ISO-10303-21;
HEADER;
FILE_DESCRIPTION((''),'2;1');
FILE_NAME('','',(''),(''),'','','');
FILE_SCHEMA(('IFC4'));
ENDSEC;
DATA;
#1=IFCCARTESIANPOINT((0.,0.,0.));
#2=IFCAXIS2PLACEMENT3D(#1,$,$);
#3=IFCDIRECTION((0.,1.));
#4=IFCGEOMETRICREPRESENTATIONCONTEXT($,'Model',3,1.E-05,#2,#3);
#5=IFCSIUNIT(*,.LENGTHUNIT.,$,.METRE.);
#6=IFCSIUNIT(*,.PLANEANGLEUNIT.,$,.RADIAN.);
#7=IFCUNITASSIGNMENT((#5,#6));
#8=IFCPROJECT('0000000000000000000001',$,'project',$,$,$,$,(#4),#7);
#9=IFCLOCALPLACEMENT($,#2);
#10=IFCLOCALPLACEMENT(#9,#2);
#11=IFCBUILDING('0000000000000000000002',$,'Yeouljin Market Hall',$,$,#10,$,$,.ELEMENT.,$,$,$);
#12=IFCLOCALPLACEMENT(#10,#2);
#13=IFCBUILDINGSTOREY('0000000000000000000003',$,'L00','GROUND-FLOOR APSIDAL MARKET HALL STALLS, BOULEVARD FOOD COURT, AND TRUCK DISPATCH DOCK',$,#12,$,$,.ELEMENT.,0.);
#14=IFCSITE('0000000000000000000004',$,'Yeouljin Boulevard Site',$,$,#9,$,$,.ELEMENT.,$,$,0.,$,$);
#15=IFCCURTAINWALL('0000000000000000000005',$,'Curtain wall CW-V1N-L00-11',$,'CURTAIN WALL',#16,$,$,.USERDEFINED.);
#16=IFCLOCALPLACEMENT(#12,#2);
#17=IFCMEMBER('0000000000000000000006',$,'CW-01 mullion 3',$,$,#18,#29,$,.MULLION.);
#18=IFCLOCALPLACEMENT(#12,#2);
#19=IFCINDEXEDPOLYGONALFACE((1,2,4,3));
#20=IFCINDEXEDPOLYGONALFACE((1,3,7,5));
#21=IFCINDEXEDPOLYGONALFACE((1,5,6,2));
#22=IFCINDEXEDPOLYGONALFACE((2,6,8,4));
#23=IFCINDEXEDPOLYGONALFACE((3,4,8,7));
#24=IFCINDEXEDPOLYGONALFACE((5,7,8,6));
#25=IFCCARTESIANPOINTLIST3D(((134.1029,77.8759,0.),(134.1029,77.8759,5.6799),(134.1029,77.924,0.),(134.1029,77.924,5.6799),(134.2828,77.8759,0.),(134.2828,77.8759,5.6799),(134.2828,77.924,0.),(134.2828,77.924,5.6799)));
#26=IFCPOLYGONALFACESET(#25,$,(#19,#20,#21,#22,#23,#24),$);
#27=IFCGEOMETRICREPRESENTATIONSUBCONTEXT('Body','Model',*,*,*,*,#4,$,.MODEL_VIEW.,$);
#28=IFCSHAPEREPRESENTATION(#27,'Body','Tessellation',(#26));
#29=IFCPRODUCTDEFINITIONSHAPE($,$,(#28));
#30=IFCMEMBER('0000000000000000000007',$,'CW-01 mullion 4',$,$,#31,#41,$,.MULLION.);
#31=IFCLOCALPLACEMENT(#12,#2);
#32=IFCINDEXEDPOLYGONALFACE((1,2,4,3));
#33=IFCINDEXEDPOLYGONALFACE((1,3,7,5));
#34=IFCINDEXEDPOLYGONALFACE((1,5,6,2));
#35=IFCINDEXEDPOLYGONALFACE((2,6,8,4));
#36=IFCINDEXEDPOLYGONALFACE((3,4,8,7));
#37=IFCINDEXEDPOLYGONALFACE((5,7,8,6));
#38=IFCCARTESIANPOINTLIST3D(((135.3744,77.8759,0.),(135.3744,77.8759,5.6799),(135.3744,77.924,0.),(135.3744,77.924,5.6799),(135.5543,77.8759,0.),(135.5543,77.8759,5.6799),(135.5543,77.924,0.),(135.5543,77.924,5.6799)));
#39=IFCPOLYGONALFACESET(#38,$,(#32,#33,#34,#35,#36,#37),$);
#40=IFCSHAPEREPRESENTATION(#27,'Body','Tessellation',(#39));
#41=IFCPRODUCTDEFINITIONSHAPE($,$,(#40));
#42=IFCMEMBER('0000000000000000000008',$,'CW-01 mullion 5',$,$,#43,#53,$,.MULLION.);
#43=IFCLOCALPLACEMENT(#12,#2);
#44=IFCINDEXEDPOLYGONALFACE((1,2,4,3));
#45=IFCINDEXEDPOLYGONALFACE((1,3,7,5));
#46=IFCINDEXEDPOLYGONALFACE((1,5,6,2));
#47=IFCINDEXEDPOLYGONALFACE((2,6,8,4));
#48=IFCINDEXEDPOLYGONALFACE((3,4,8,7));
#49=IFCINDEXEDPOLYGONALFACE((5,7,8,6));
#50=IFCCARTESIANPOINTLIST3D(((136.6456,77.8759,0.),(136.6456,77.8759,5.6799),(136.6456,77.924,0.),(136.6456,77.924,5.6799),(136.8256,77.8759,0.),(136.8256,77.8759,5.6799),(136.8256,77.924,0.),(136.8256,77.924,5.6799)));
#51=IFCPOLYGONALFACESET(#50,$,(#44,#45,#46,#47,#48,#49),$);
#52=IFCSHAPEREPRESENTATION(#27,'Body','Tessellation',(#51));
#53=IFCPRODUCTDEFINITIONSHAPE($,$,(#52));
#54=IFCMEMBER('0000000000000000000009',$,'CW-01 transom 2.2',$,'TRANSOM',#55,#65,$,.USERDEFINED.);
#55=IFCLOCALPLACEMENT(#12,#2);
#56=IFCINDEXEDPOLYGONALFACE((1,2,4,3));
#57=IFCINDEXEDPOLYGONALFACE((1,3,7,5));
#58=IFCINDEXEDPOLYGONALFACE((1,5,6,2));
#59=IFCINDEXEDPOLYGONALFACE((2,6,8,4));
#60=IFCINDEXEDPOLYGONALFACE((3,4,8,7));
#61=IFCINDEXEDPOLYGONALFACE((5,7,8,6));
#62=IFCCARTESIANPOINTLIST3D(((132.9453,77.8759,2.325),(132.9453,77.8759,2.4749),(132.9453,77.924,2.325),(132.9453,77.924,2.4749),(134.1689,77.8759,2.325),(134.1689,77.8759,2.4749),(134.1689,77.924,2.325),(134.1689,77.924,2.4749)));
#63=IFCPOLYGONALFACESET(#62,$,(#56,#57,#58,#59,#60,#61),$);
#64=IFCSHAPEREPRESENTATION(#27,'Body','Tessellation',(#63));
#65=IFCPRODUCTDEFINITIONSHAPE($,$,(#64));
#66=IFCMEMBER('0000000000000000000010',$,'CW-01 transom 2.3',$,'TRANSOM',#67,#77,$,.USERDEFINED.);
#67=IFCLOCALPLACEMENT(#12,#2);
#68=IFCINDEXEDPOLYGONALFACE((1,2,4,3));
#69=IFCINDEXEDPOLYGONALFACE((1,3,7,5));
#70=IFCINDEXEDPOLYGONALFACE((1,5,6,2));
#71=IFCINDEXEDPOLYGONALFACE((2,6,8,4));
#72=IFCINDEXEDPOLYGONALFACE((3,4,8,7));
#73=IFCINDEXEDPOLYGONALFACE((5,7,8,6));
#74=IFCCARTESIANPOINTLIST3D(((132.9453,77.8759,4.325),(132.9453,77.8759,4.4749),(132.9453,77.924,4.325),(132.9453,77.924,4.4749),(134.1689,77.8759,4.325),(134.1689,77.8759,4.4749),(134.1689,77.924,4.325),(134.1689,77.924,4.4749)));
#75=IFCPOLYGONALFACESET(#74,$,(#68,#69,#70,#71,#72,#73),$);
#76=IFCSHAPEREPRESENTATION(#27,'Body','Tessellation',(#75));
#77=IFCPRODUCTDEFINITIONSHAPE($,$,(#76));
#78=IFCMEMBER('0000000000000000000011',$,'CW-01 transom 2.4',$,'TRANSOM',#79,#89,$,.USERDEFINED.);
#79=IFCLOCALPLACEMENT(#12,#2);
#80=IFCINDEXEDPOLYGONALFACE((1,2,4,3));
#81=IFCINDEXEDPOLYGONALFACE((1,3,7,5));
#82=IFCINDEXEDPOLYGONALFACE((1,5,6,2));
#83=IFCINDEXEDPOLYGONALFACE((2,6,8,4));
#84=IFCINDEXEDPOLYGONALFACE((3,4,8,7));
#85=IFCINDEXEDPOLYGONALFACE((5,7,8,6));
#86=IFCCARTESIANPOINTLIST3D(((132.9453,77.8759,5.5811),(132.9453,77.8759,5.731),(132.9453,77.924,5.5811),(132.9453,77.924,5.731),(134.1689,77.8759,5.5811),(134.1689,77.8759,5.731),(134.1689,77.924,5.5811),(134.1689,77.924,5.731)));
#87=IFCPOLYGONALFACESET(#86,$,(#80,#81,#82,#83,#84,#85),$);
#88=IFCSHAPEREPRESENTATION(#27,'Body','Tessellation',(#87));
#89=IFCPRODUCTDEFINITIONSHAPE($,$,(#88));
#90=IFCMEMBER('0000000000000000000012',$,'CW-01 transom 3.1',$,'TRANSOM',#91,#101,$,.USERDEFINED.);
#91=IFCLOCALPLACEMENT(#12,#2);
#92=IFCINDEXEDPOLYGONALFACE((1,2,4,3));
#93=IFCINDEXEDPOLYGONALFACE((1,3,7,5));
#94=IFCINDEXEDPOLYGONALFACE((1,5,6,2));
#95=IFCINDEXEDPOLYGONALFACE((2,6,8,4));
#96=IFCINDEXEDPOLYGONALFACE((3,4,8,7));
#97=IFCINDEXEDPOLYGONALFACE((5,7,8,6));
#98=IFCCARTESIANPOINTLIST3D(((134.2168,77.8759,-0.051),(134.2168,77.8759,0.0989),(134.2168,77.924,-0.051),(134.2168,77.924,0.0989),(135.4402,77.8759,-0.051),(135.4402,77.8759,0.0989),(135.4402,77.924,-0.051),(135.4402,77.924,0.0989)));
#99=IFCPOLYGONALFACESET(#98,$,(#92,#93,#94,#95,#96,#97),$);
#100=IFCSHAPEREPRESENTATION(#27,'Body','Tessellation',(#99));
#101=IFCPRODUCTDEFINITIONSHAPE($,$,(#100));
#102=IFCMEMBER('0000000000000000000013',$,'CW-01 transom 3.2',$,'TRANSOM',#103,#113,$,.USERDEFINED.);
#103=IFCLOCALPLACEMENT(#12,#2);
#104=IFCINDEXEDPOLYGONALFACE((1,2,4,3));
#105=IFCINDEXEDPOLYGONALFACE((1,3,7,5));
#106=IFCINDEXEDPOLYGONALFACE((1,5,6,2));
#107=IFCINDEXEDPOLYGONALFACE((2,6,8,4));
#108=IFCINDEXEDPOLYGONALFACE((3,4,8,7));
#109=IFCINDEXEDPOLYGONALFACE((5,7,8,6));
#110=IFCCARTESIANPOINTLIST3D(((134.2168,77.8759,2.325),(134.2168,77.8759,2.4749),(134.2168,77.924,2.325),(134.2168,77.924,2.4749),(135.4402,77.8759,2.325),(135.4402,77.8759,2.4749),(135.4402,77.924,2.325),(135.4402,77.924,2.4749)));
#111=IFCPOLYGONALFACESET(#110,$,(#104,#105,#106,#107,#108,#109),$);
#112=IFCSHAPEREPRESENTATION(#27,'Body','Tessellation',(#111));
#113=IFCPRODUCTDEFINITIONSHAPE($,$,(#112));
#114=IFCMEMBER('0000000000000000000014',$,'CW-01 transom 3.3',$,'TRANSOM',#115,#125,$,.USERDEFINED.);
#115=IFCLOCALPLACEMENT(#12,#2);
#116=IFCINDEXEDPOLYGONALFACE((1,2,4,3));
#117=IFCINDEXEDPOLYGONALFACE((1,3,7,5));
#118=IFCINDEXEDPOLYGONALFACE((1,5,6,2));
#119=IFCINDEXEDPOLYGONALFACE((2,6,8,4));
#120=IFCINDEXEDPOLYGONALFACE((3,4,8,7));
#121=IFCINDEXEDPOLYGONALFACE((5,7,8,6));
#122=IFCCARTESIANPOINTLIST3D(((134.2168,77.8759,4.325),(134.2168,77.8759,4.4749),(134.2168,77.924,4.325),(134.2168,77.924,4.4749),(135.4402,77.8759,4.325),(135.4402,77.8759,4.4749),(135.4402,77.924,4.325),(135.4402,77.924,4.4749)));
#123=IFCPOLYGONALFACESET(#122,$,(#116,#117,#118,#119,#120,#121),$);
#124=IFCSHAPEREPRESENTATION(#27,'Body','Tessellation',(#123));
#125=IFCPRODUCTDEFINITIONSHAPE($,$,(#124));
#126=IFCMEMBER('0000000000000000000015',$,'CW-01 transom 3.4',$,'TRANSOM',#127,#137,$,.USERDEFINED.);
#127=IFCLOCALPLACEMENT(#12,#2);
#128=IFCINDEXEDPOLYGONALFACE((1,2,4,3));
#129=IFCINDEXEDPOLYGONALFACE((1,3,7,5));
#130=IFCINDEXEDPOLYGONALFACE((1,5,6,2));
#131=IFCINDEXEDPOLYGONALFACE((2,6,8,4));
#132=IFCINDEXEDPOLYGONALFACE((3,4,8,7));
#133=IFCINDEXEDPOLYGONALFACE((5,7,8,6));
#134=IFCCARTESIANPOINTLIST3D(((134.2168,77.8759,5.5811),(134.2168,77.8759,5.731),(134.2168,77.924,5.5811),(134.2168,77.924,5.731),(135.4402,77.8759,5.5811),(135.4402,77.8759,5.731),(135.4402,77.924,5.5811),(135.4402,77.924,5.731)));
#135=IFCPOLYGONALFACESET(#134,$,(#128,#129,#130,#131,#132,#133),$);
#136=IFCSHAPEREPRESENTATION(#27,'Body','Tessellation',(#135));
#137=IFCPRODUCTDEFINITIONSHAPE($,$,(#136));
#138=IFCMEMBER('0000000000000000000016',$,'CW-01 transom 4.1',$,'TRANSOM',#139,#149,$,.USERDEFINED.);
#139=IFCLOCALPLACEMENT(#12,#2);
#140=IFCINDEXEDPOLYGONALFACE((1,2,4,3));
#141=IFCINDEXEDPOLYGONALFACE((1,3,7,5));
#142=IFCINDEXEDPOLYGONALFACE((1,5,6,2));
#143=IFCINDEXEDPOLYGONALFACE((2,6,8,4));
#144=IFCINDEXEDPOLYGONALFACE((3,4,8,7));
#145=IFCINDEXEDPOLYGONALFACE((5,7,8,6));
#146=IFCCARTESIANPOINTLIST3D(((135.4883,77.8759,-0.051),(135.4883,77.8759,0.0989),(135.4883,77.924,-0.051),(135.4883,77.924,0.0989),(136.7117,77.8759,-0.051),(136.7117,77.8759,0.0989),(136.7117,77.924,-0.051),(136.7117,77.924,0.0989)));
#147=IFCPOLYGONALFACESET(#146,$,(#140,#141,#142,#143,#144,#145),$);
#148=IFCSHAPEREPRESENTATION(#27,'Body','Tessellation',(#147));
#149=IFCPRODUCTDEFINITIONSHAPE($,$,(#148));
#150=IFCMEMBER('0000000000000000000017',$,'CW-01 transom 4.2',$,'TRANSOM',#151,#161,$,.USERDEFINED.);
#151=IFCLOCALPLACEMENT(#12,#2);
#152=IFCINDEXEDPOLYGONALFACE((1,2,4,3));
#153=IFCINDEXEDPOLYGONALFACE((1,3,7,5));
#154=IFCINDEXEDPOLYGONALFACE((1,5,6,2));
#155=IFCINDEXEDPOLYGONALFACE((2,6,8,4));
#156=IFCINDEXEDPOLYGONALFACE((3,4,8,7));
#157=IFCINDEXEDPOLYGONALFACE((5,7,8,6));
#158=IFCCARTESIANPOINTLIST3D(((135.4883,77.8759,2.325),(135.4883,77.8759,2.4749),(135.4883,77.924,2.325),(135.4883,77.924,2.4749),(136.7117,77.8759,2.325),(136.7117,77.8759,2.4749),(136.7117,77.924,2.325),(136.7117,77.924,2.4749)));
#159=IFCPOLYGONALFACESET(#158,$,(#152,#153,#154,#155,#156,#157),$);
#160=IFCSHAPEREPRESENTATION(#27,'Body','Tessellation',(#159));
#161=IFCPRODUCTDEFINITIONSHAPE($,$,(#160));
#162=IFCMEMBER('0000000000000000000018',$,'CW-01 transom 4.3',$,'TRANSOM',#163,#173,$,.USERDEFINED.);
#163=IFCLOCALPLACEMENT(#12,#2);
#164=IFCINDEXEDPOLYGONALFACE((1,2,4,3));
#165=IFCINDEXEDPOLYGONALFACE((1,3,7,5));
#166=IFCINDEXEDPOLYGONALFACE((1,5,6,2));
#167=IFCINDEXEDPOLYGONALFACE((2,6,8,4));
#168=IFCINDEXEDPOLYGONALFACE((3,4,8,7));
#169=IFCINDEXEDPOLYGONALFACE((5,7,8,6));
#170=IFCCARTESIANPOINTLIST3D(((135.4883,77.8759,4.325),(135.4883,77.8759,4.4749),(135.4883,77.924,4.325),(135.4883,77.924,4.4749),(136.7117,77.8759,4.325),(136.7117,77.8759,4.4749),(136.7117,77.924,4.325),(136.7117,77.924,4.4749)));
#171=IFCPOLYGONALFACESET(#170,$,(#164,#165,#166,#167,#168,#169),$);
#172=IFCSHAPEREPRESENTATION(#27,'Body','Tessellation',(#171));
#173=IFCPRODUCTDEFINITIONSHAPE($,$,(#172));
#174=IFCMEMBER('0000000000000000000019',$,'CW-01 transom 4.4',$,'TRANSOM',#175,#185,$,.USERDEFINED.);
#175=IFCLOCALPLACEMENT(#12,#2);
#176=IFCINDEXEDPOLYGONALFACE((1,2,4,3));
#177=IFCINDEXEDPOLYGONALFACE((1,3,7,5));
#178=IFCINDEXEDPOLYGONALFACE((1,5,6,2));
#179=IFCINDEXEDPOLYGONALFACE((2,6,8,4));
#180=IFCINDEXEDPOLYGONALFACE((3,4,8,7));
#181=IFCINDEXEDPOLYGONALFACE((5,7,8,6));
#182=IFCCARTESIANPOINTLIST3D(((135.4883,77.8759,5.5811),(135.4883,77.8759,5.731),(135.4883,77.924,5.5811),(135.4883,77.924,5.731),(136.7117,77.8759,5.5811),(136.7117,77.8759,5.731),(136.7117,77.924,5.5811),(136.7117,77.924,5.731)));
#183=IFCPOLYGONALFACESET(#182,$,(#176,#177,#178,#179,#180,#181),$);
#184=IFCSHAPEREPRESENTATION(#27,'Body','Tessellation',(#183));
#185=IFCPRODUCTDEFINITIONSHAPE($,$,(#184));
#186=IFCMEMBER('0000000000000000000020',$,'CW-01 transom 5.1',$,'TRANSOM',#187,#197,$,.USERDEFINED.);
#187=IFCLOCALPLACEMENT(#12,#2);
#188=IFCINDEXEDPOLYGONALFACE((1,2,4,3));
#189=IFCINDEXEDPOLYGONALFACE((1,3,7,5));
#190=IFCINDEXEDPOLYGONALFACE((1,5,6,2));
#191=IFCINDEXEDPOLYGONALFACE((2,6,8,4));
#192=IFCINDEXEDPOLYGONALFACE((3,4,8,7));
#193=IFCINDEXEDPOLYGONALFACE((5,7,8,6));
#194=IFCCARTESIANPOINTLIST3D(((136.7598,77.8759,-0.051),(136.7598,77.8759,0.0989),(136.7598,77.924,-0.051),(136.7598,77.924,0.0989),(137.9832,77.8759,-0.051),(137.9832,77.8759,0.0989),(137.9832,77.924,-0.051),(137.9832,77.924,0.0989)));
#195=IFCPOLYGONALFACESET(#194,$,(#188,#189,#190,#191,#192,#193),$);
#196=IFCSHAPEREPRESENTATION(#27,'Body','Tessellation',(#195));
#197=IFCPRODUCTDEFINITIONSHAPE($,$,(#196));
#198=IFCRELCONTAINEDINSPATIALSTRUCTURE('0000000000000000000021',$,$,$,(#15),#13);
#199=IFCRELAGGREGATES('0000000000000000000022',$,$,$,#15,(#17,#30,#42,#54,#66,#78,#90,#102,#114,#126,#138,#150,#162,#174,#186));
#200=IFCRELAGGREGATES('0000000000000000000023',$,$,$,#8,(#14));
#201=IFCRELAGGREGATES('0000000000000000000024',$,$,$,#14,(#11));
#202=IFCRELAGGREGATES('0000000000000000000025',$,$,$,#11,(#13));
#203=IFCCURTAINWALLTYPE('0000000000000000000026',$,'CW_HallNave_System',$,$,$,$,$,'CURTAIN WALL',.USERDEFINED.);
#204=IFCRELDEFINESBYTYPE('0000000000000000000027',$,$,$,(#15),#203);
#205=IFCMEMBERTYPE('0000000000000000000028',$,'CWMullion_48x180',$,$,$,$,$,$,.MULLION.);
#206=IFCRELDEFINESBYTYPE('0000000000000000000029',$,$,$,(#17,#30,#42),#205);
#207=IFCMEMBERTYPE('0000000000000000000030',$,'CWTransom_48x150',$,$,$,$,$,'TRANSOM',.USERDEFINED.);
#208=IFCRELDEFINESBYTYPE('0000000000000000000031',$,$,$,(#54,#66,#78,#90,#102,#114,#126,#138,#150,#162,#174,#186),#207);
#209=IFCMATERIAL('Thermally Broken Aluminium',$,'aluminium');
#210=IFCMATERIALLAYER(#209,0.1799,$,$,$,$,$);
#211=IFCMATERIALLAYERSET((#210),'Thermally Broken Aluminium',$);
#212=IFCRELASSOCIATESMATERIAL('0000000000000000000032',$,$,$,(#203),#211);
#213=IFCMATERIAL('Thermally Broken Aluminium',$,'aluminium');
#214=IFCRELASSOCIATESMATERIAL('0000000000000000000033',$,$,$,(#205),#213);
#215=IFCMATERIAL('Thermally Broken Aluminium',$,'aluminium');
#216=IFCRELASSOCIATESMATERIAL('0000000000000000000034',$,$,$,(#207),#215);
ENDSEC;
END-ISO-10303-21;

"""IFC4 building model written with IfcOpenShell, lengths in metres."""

from ifc_helpers import new_model, si_unit, direction, frame, origin, origin_2d, place, context, subcontext, project, spatial, rectangle, extrude, material, layer, layer_set, material_profile, profile_set, type_object, element, aggregate, save


model = new_model("IFC4")

# Units and contexts
model_context = context("Model", 3, precision=1e-05, world=origin(), true_north=direction((0.0, 1.0)))
body_context = subcontext(model_context, "Body", "Model", "MODEL_VIEW")
ifc_project = project(units=[si_unit("LENGTHUNIT", "METRE"), si_unit("PLANEANGLEUNIT", "RADIAN")], contexts=[model_context])

# Site, building, storey
site_placement = place(None, origin())
site = spatial("IfcSite", under=ifc_project, at=site_placement, Name="Yeouljin Boulevard Site", CompositionType="ELEMENT", RefElevation=0.0)
building_placement = place(site_placement, origin())
building = spatial("IfcBuilding", under=site, at=building_placement, Name="Yeouljin Market Hall", CompositionType="ELEMENT")
storey_placement = place(building_placement, origin())
storey = spatial("IfcBuildingStorey", under=building, at=storey_placement, Name="L00", Description="GROUND-FLOOR APSIDAL MARKET HALL STALLS, BOULEVARD FOOD COURT, AND TRUCK DISPATCH DOCK", CompositionType="ELEMENT", Elevation=0.0)

# Curtain wall, members
ifc_material_1 = material(Name="Thermally Broken Aluminium", Category="aluminium")
ifc_layer_1 = layer(ifc_material_1, 0.1799)
ifc_layer_set_1 = layer_set([ifc_layer_1], Name="Thermally Broken Aluminium")
curtain_wall_type = type_object("IfcCurtainWallType", Name="CW_HallNave_System", ElementType="CURTAIN WALL", PredefinedType="USERDEFINED", material=ifc_layer_set_1)
curtain_wall_placement = place(storey_placement, origin())
curtain_wall = element("IfcCurtainWall", 1, at=curtain_wall_placement, inside=storey, type_object=curtain_wall_type, Name="Curtain wall CW-V1N-L00-11", ObjectType="CURTAIN WALL", PredefinedType="USERDEFINED")
ifc_material_2 = material(Name="Thermally Broken Aluminium", Category="aluminium")
ifc_material_profile_1 = material_profile(ifc_material_2, rectangle(XDim=0.0481, YDim=0.1799, at=origin_2d()), Name="CW-MULL-48x180")
ifc_profile_set_1 = profile_set([ifc_material_profile_1], Name="Thermally Broken Aluminium")
member_type_1 = type_object("IfcMemberType", Name="CWMullion_48x180", PredefinedType="MULLION", material=ifc_profile_set_1)
member_1_placement = place(storey_placement, frame((134.1929, 77.8999, 0.0), z_axis=(0.0, 0.0, 1.0), x_axis=(0.0, 1.0, 0.0)))
member_1 = element("IfcMember", 2, at=member_1_placement, type_object=member_type_1, Name="CW-01 mullion 3", PredefinedType="MULLION", context=body_context, shape_type="SweptSolid", body=[
    extrude(rectangle(XDim=0.0481, YDim=0.1799, at=origin_2d()), origin(), (0.0, 0.0, 1.0), 5.6799),
])
member_2_placement = place(storey_placement, frame((135.4644, 77.8999, 0.0), z_axis=(0.0, 0.0, 1.0), x_axis=(0.0, 1.0, 0.0)))
member_2 = element("IfcMember", 3, at=member_2_placement, type_object=member_type_1, Name="CW-01 mullion 4", PredefinedType="MULLION", context=body_context, shape_type="SweptSolid", body=[
    extrude(rectangle(XDim=0.0481, YDim=0.1799, at=origin_2d()), origin(), (0.0, 0.0, 1.0), 5.6799),
])
member_3_placement = place(storey_placement, frame((136.7356, 77.8999, 0.0), z_axis=(0.0, 0.0, 1.0), x_axis=(0.0, 1.0, 0.0)))
member_3 = element("IfcMember", 4, at=member_3_placement, type_object=member_type_1, Name="CW-01 mullion 5", PredefinedType="MULLION", context=body_context, shape_type="SweptSolid", body=[
    extrude(rectangle(XDim=0.0481, YDim=0.1799, at=origin_2d()), origin(), (0.0, 0.0, 1.0), 5.6799),
])
ifc_material_3 = material(Name="Thermally Broken Aluminium", Category="aluminium")
ifc_material_profile_2 = material_profile(ifc_material_3, rectangle(XDim=0.0481, YDim=0.1499, at=origin_2d()), Name="CW-TRAN-48x150")
ifc_profile_set_2 = profile_set([ifc_material_profile_2], Name="Thermally Broken Aluminium")
member_type_2 = type_object("IfcMemberType", Name="CWTransom_48x150", ElementType="TRANSOM", PredefinedType="USERDEFINED", material=ifc_profile_set_2)
member_4_placement = place(storey_placement, frame((132.9453, 77.8999, 2.3999), z_axis=(1.0, 0.0, 0.0), x_axis=(0.0, 1.0, 0.0)))
member_4 = element("IfcMember", 5, at=member_4_placement, type_object=member_type_2, Name="CW-01 transom 2.2", ObjectType="TRANSOM", PredefinedType="USERDEFINED", context=body_context, shape_type="SweptSolid", body=[
    extrude(rectangle(XDim=0.0481, YDim=0.1499, at=origin_2d()), origin(), (0.0, 0.0, 1.0), 1.2236),
])
member_5_placement = place(storey_placement, frame((132.9453, 77.8999, 4.3999), z_axis=(1.0, 0.0, 0.0), x_axis=(0.0, 1.0, 0.0)))
member_5 = element("IfcMember", 6, at=member_5_placement, type_object=member_type_2, Name="CW-01 transom 2.3", ObjectType="TRANSOM", PredefinedType="USERDEFINED", context=body_context, shape_type="SweptSolid", body=[
    extrude(rectangle(XDim=0.0481, YDim=0.1499, at=origin_2d()), origin(), (0.0, 0.0, 1.0), 1.2236),
])
member_6_placement = place(storey_placement, frame((132.9453, 77.8999, 5.656), z_axis=(1.0, 0.0, 0.0), x_axis=(0.0, 1.0, 0.0)))
member_6 = element("IfcMember", 7, at=member_6_placement, type_object=member_type_2, Name="CW-01 transom 2.4", ObjectType="TRANSOM", PredefinedType="USERDEFINED", context=body_context, shape_type="SweptSolid", body=[
    extrude(rectangle(XDim=0.0481, YDim=0.1499, at=origin_2d()), origin(), (0.0, 0.0, 1.0), 1.2236),
])
member_7_placement = place(storey_placement, frame((134.2168, 77.8999, 0.0239), z_axis=(1.0, 0.0, 0.0), x_axis=(0.0, 1.0, 0.0)))
member_7 = element("IfcMember", 8, at=member_7_placement, type_object=member_type_2, Name="CW-01 transom 3.1", ObjectType="TRANSOM", PredefinedType="USERDEFINED", context=body_context, shape_type="SweptSolid", body=[
    extrude(rectangle(XDim=0.0481, YDim=0.1499, at=origin_2d()), origin(), (0.0, 0.0, 1.0), 1.2234),
])
member_8_placement = place(storey_placement, frame((134.2168, 77.8999, 2.3999), z_axis=(1.0, 0.0, 0.0), x_axis=(0.0, 1.0, 0.0)))
member_8 = element("IfcMember", 9, at=member_8_placement, type_object=member_type_2, Name="CW-01 transom 3.2", ObjectType="TRANSOM", PredefinedType="USERDEFINED", context=body_context, shape_type="SweptSolid", body=[
    extrude(rectangle(XDim=0.0481, YDim=0.1499, at=origin_2d()), origin(), (0.0, 0.0, 1.0), 1.2234),
])
member_9_placement = place(storey_placement, frame((134.2168, 77.8999, 4.3999), z_axis=(1.0, 0.0, 0.0), x_axis=(0.0, 1.0, 0.0)))
member_9 = element("IfcMember", 10, at=member_9_placement, type_object=member_type_2, Name="CW-01 transom 3.3", ObjectType="TRANSOM", PredefinedType="USERDEFINED", context=body_context, shape_type="SweptSolid", body=[
    extrude(rectangle(XDim=0.0481, YDim=0.1499, at=origin_2d()), origin(), (0.0, 0.0, 1.0), 1.2234),
])
member_10_placement = place(storey_placement, frame((134.2168, 77.8999, 5.656), z_axis=(1.0, 0.0, 0.0), x_axis=(0.0, 1.0, 0.0)))
member_10 = element("IfcMember", 11, at=member_10_placement, type_object=member_type_2, Name="CW-01 transom 3.4", ObjectType="TRANSOM", PredefinedType="USERDEFINED", context=body_context, shape_type="SweptSolid", body=[
    extrude(rectangle(XDim=0.0481, YDim=0.1499, at=origin_2d()), origin(), (0.0, 0.0, 1.0), 1.2234),
])
member_11_placement = place(storey_placement, frame((135.4883, 77.8999, 0.0239), z_axis=(1.0, 0.0, 0.0), x_axis=(0.0, 1.0, 0.0)))
member_11 = element("IfcMember", 12, at=member_11_placement, type_object=member_type_2, Name="CW-01 transom 4.1", ObjectType="TRANSOM", PredefinedType="USERDEFINED", context=body_context, shape_type="SweptSolid", body=[
    extrude(rectangle(XDim=0.0481, YDim=0.1499, at=origin_2d()), origin(), (0.0, 0.0, 1.0), 1.2234),
])
member_12_placement = place(storey_placement, frame((135.4883, 77.8999, 2.3999), z_axis=(1.0, 0.0, 0.0), x_axis=(0.0, 1.0, 0.0)))
member_12 = element("IfcMember", 13, at=member_12_placement, type_object=member_type_2, Name="CW-01 transom 4.2", ObjectType="TRANSOM", PredefinedType="USERDEFINED", context=body_context, shape_type="SweptSolid", body=[
    extrude(rectangle(XDim=0.0481, YDim=0.1499, at=origin_2d()), origin(), (0.0, 0.0, 1.0), 1.2234),
])
member_13_placement = place(storey_placement, frame((135.4883, 77.8999, 4.3999), z_axis=(1.0, 0.0, 0.0), x_axis=(0.0, 1.0, 0.0)))
member_13 = element("IfcMember", 14, at=member_13_placement, type_object=member_type_2, Name="CW-01 transom 4.3", ObjectType="TRANSOM", PredefinedType="USERDEFINED", context=body_context, shape_type="SweptSolid", body=[
    extrude(rectangle(XDim=0.0481, YDim=0.1499, at=origin_2d()), origin(), (0.0, 0.0, 1.0), 1.2234),
])
member_14_placement = place(storey_placement, frame((135.4883, 77.8999, 5.656), z_axis=(1.0, 0.0, 0.0), x_axis=(0.0, 1.0, 0.0)))
member_14 = element("IfcMember", 15, at=member_14_placement, type_object=member_type_2, Name="CW-01 transom 4.4", ObjectType="TRANSOM", PredefinedType="USERDEFINED", context=body_context, shape_type="SweptSolid", body=[
    extrude(rectangle(XDim=0.0481, YDim=0.1499, at=origin_2d()), origin(), (0.0, 0.0, 1.0), 1.2234),
])
member_15_placement = place(storey_placement, frame((136.7598, 77.8999, 0.0239), z_axis=(1.0, 0.0, 0.0), x_axis=(0.0, 1.0, 0.0)))
member_15 = element("IfcMember", 16, at=member_15_placement, type_object=member_type_2, Name="CW-01 transom 5.1", ObjectType="TRANSOM", PredefinedType="USERDEFINED", context=body_context, shape_type="SweptSolid", body=[
    extrude(rectangle(XDim=0.0481, YDim=0.1499, at=origin_2d()), origin(), (0.0, 0.0, 1.0), 1.2234),
])
aggregate(curtain_wall, [member_1, member_2, member_3, member_4, member_5, member_6, member_7, member_8, member_9, member_10, member_11, member_12, member_13, member_14, member_15])

save(model, "model.ifc")
